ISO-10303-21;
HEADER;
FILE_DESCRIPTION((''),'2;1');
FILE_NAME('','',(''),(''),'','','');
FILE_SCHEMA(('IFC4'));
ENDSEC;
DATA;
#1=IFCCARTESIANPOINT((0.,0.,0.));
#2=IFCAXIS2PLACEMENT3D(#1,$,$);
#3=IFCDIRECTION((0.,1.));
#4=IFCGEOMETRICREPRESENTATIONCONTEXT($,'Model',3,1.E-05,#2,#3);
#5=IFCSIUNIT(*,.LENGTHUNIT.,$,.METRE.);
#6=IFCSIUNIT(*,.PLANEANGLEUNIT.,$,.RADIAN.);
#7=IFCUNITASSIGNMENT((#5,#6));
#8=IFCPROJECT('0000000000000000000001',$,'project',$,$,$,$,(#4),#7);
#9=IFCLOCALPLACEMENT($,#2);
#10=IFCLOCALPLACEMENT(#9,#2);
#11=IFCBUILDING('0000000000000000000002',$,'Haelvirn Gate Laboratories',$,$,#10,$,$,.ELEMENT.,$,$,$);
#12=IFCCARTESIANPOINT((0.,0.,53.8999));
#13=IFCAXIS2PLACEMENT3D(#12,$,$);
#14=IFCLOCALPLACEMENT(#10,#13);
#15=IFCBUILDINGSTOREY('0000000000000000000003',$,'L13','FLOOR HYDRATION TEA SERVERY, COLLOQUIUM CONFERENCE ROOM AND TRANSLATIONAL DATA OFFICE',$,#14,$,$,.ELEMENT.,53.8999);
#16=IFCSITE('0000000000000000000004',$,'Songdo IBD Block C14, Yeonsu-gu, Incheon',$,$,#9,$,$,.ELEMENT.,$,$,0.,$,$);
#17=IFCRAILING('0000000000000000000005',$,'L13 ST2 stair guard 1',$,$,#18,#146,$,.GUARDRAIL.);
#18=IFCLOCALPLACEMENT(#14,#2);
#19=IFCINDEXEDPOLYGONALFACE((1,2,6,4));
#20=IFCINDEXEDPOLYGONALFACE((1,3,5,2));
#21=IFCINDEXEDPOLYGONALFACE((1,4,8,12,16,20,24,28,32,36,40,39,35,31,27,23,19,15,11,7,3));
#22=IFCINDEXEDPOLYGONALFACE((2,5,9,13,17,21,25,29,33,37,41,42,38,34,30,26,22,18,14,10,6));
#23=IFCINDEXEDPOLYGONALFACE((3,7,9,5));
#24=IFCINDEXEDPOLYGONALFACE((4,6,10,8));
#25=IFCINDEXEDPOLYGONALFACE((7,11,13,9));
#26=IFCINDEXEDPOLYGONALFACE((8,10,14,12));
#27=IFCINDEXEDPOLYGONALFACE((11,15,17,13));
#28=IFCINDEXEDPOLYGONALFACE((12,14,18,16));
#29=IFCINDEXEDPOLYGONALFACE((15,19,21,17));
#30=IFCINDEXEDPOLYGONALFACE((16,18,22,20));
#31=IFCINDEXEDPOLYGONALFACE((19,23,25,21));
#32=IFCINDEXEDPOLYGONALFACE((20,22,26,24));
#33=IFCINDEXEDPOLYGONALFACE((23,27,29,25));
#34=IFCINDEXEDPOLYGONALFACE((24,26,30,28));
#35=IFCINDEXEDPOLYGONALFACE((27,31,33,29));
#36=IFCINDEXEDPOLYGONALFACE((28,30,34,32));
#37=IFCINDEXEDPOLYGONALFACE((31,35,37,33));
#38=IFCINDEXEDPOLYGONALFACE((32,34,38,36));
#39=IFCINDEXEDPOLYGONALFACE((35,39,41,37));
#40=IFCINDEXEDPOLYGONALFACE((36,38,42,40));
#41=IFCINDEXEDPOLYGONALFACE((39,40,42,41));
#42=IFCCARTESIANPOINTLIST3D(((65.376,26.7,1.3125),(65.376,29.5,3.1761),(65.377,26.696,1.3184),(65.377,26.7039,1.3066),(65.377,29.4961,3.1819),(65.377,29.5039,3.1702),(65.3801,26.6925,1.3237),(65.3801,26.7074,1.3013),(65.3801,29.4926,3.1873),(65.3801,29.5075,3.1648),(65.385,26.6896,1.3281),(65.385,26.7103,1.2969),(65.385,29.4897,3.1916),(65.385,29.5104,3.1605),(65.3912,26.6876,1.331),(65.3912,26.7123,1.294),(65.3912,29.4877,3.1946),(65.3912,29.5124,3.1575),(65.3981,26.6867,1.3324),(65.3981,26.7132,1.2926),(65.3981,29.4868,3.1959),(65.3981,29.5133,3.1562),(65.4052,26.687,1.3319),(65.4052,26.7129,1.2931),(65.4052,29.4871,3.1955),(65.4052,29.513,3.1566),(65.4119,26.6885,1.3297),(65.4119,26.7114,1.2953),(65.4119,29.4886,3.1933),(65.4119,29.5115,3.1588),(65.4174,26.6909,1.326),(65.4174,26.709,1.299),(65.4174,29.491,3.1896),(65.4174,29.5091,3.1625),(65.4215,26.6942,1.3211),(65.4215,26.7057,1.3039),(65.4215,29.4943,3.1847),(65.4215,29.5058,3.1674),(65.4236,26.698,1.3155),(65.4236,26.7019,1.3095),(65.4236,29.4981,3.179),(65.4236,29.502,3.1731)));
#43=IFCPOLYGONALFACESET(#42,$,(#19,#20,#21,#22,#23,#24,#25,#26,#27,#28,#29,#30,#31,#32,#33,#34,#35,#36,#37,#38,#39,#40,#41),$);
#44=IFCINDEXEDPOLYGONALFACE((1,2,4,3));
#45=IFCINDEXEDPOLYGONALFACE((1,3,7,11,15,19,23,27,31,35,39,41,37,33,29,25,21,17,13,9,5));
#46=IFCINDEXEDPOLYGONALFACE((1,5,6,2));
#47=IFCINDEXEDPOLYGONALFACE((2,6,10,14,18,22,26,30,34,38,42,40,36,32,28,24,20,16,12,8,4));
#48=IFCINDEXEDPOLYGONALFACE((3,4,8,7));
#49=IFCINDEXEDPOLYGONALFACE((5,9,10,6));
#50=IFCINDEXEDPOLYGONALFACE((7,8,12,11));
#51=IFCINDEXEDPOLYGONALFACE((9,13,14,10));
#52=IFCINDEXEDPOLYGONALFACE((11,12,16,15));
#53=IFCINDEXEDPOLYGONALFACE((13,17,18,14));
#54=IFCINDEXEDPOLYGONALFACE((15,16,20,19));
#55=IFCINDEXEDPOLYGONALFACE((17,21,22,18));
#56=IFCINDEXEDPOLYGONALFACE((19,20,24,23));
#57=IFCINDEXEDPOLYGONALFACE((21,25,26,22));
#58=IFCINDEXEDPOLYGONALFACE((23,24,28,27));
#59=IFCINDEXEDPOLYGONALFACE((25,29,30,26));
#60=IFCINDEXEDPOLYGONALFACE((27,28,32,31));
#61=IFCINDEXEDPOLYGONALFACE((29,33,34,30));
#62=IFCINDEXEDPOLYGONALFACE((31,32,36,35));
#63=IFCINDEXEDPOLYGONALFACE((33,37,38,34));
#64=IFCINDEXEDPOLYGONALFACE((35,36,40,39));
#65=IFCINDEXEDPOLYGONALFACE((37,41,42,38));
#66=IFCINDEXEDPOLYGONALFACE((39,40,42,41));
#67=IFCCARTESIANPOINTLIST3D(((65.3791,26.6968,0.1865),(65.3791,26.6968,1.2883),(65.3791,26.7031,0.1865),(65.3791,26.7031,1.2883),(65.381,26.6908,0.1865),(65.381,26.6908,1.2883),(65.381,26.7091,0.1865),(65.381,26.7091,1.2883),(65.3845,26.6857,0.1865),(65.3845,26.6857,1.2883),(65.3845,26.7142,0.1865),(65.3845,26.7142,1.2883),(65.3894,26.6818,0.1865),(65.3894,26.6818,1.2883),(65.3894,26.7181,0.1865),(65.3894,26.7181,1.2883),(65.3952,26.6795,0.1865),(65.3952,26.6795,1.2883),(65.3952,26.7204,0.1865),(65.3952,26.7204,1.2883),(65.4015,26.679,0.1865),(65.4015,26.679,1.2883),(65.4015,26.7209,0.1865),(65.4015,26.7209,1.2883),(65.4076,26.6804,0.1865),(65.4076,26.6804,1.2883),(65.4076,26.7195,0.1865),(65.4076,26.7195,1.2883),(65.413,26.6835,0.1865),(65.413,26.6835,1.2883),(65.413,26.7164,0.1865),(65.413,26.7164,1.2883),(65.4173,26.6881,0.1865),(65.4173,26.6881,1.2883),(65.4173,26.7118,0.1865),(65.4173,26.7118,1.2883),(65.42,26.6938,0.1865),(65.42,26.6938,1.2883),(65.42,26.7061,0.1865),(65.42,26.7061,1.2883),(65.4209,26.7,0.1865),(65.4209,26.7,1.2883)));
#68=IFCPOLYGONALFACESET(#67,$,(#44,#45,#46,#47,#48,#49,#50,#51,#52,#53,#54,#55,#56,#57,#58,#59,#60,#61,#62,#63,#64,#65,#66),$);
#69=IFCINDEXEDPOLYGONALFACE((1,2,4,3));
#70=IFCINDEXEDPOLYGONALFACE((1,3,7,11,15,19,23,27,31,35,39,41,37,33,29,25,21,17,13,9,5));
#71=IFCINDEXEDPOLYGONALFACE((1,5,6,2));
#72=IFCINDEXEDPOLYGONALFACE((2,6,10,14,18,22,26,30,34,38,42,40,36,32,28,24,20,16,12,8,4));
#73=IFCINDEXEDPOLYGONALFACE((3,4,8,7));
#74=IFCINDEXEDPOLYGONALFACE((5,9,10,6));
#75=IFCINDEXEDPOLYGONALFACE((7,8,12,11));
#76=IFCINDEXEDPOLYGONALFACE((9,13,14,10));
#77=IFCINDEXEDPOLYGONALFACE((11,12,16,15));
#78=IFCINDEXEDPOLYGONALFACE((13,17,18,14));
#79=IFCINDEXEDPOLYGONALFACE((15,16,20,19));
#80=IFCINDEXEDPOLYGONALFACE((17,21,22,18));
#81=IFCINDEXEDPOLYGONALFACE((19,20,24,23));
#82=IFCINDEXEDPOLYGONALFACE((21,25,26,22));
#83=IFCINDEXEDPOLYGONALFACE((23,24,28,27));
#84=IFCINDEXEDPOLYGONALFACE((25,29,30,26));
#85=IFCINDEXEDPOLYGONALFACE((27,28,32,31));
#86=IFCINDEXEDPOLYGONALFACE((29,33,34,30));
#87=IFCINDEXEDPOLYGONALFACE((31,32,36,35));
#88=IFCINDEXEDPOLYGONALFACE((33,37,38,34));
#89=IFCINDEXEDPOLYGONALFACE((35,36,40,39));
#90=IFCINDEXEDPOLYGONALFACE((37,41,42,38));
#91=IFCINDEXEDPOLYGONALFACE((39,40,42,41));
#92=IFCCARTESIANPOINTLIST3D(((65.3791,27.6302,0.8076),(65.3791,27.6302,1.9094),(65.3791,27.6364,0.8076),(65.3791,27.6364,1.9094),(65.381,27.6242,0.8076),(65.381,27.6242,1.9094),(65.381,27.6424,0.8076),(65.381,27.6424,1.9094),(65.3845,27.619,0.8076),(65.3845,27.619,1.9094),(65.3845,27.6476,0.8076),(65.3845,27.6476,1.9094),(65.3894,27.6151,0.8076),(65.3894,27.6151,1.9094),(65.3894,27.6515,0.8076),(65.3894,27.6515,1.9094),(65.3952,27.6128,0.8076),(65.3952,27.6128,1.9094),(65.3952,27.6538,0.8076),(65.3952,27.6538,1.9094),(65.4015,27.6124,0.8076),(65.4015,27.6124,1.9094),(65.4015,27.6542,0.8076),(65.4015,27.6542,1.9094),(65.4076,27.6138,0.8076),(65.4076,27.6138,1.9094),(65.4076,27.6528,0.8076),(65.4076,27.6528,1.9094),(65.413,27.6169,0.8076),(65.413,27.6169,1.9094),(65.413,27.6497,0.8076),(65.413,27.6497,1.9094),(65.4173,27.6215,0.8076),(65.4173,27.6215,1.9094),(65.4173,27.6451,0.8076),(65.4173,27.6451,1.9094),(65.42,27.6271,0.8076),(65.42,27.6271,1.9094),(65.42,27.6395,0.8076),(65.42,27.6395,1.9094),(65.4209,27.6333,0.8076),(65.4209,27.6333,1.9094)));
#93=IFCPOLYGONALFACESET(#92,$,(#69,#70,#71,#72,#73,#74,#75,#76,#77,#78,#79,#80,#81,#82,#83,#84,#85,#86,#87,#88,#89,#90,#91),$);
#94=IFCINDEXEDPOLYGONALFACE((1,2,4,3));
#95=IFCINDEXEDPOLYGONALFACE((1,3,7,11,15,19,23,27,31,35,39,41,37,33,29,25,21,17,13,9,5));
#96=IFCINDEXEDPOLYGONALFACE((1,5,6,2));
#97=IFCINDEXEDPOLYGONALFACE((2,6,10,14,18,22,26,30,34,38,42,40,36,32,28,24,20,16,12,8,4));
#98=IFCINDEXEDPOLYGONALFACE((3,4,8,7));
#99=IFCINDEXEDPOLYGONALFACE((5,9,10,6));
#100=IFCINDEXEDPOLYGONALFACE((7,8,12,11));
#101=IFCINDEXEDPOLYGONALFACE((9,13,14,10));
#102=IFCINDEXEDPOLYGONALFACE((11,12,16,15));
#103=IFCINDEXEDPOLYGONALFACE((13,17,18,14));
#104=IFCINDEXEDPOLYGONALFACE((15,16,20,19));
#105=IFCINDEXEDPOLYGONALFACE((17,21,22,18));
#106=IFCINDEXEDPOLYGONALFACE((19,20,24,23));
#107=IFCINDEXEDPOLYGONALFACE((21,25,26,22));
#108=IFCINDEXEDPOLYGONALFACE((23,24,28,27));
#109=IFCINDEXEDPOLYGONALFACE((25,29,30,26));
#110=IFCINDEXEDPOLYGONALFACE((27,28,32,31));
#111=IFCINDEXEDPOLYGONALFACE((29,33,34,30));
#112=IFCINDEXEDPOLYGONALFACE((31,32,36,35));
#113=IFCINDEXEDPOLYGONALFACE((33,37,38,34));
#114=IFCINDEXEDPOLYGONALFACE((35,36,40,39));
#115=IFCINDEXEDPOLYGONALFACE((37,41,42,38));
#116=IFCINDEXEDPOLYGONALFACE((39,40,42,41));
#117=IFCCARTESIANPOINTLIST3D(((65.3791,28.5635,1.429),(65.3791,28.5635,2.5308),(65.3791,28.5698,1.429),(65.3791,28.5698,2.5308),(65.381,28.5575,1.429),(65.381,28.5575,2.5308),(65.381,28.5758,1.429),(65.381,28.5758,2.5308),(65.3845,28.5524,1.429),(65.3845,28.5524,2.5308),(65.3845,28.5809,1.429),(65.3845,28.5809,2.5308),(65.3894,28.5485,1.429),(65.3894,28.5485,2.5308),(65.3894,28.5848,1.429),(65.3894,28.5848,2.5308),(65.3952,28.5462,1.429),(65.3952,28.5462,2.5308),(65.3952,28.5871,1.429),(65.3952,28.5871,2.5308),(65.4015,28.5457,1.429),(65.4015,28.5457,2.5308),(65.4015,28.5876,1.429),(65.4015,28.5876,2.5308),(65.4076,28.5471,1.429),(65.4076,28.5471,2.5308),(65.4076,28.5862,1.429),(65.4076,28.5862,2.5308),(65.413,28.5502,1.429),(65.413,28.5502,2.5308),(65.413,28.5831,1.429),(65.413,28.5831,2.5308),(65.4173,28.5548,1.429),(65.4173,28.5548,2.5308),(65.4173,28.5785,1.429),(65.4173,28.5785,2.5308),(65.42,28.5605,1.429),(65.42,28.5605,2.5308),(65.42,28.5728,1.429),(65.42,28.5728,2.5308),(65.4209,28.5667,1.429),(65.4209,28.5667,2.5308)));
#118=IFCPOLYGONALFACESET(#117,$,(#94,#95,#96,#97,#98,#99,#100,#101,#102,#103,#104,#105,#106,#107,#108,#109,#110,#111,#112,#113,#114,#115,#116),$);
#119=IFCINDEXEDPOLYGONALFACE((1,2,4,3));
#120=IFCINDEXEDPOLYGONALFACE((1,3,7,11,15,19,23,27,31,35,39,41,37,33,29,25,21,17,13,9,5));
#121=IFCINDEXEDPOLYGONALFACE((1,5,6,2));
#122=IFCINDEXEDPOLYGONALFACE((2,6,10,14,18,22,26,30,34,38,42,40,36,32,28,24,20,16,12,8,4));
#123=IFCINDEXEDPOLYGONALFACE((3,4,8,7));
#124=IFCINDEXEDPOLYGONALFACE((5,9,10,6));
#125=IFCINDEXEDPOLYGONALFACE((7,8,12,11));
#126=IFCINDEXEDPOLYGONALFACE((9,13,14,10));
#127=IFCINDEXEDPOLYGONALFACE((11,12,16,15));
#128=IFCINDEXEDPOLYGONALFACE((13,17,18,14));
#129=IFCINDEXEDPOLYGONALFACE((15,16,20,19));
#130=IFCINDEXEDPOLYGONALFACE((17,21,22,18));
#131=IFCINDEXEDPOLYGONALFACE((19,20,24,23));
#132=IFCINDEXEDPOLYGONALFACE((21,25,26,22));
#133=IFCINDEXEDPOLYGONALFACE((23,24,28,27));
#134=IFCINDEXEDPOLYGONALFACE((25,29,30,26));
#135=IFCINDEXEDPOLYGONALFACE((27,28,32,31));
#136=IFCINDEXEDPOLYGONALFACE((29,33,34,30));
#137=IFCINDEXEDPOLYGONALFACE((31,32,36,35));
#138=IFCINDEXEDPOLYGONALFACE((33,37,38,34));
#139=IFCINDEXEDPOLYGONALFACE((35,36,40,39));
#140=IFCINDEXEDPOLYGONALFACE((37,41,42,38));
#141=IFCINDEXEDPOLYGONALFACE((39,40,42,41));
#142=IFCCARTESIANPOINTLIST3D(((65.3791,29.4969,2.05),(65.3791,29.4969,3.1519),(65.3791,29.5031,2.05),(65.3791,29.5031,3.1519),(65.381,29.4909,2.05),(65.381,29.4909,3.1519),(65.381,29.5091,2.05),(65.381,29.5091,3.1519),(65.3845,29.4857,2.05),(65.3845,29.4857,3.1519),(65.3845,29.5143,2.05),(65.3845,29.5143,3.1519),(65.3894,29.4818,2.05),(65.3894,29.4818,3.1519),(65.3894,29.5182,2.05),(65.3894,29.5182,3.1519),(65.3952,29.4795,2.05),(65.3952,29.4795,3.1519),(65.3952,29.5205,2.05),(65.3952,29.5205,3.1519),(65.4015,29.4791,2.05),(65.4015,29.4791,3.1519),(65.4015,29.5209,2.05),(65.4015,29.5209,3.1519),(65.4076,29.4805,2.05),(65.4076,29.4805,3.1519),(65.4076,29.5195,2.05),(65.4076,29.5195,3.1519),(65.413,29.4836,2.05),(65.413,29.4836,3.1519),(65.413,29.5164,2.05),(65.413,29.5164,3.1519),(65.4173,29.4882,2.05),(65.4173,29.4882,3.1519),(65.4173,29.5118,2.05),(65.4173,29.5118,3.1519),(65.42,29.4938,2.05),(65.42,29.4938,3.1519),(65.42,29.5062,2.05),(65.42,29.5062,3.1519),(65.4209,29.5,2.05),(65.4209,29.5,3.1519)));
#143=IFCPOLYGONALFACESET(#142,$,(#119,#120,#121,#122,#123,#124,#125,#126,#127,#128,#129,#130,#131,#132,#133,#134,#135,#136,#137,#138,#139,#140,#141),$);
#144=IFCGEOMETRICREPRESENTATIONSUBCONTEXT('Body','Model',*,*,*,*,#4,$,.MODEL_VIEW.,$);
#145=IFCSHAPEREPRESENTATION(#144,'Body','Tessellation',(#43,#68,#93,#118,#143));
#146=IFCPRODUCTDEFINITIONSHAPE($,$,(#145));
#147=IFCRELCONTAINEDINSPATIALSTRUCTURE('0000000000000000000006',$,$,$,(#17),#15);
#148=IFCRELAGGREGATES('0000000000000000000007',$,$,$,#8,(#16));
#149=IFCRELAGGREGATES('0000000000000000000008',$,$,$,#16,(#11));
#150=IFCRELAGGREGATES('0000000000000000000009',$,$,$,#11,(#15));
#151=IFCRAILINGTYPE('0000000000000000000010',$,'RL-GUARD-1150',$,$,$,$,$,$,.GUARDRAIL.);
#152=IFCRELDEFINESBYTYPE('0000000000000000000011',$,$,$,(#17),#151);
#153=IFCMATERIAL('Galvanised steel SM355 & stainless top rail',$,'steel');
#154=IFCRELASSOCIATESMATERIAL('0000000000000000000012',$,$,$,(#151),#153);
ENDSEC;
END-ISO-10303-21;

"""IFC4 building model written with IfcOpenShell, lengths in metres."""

from ifc_helpers import new_model, si_unit, direction, frame, origin, origin_2d, place, context, subcontext, project, spatial, circle, extrude, source, transform, mapped, material, type_object, element, save


model = new_model("IFC4")

# Units and contexts
model_context = context("Model", 3, precision=1e-05, world=origin(), true_north=direction((0.0, 1.0)))
body_context = subcontext(model_context, "Body", "Model", "MODEL_VIEW")
ifc_project = project(units=[si_unit("LENGTHUNIT", "METRE"), si_unit("PLANEANGLEUNIT", "RADIAN")], contexts=[model_context])

# Site, building, storey
site_placement = place(None, origin())
site = spatial("IfcSite", under=ifc_project, at=site_placement, Name="Songdo IBD Block C14, Yeonsu-gu, Incheon", CompositionType="ELEMENT", RefElevation=0.0)
building_placement = place(site_placement, origin())
building = spatial("IfcBuilding", under=site, at=building_placement, Name="Haelvirn Gate Laboratories", CompositionType="ELEMENT")
storey_placement = place(building_placement, frame((0.0, 0.0, 53.8999)))
storey = spatial("IfcBuildingStorey", under=building, at=storey_placement, Name="L13", Description="FLOOR HYDRATION TEA SERVERY, COLLOQUIUM CONFERENCE ROOM AND TRANSLATIONAL DATA OFFICE", CompositionType="ELEMENT", Elevation=53.8999)

# Railing
ifc_material_1 = material(Name="Galvanised steel SM355 & stainless top rail", Category="steel")
railing_type_1 = type_object("IfcRailingType", Name="RL-GUARD-1150", PredefinedType="GUARDRAIL", material=ifc_material_1)
shared_shape_1 = source(origin(), body_context, "Body", "SweptSolid", [
    extrude(circle(Radius=0.0239, at=origin_2d()), frame((0.0, 0.0, 1.126), z_axis=(0.0, 0.832486, 0.554047), x_axis=(-1.0, 0.0, 0.0)), (0.0, 0.0, 1.0), 3.3635),
    extrude(circle(Radius=0.021, at=origin_2d()), origin(), (0.0, 0.0, 1.0), 1.1018),
    extrude(circle(Radius=0.021, at=origin_2d()), frame((0.0, 0.9333, 0.6211)), (0.0, 0.0, 1.0), 1.1018),
    extrude(circle(Radius=0.021, at=origin_2d()), frame((0.0, 1.8667, 1.2424)), (0.0, 0.0, 1.0), 1.1018),
    extrude(circle(Radius=0.021, at=origin_2d()), frame((0.0, 2.8, 1.8635)), (0.0, 0.0, 1.0), 1.1018),
])
railing_1_placement = place(storey_placement, frame((65.3999, 26.7, 0.1865)))
element("IfcRailing", 1, at=railing_1_placement, inside=storey, type_object=railing_type_1, Name="L13 ST2 stair guard 1", PredefinedType="GUARDRAIL", context=body_context, shape_type="MappedRepresentation", body=[
    mapped(shared_shape_1, transform((0.0, 0.0, 0.0), scale=1.0)),
])

save(model, "model.ifc")
